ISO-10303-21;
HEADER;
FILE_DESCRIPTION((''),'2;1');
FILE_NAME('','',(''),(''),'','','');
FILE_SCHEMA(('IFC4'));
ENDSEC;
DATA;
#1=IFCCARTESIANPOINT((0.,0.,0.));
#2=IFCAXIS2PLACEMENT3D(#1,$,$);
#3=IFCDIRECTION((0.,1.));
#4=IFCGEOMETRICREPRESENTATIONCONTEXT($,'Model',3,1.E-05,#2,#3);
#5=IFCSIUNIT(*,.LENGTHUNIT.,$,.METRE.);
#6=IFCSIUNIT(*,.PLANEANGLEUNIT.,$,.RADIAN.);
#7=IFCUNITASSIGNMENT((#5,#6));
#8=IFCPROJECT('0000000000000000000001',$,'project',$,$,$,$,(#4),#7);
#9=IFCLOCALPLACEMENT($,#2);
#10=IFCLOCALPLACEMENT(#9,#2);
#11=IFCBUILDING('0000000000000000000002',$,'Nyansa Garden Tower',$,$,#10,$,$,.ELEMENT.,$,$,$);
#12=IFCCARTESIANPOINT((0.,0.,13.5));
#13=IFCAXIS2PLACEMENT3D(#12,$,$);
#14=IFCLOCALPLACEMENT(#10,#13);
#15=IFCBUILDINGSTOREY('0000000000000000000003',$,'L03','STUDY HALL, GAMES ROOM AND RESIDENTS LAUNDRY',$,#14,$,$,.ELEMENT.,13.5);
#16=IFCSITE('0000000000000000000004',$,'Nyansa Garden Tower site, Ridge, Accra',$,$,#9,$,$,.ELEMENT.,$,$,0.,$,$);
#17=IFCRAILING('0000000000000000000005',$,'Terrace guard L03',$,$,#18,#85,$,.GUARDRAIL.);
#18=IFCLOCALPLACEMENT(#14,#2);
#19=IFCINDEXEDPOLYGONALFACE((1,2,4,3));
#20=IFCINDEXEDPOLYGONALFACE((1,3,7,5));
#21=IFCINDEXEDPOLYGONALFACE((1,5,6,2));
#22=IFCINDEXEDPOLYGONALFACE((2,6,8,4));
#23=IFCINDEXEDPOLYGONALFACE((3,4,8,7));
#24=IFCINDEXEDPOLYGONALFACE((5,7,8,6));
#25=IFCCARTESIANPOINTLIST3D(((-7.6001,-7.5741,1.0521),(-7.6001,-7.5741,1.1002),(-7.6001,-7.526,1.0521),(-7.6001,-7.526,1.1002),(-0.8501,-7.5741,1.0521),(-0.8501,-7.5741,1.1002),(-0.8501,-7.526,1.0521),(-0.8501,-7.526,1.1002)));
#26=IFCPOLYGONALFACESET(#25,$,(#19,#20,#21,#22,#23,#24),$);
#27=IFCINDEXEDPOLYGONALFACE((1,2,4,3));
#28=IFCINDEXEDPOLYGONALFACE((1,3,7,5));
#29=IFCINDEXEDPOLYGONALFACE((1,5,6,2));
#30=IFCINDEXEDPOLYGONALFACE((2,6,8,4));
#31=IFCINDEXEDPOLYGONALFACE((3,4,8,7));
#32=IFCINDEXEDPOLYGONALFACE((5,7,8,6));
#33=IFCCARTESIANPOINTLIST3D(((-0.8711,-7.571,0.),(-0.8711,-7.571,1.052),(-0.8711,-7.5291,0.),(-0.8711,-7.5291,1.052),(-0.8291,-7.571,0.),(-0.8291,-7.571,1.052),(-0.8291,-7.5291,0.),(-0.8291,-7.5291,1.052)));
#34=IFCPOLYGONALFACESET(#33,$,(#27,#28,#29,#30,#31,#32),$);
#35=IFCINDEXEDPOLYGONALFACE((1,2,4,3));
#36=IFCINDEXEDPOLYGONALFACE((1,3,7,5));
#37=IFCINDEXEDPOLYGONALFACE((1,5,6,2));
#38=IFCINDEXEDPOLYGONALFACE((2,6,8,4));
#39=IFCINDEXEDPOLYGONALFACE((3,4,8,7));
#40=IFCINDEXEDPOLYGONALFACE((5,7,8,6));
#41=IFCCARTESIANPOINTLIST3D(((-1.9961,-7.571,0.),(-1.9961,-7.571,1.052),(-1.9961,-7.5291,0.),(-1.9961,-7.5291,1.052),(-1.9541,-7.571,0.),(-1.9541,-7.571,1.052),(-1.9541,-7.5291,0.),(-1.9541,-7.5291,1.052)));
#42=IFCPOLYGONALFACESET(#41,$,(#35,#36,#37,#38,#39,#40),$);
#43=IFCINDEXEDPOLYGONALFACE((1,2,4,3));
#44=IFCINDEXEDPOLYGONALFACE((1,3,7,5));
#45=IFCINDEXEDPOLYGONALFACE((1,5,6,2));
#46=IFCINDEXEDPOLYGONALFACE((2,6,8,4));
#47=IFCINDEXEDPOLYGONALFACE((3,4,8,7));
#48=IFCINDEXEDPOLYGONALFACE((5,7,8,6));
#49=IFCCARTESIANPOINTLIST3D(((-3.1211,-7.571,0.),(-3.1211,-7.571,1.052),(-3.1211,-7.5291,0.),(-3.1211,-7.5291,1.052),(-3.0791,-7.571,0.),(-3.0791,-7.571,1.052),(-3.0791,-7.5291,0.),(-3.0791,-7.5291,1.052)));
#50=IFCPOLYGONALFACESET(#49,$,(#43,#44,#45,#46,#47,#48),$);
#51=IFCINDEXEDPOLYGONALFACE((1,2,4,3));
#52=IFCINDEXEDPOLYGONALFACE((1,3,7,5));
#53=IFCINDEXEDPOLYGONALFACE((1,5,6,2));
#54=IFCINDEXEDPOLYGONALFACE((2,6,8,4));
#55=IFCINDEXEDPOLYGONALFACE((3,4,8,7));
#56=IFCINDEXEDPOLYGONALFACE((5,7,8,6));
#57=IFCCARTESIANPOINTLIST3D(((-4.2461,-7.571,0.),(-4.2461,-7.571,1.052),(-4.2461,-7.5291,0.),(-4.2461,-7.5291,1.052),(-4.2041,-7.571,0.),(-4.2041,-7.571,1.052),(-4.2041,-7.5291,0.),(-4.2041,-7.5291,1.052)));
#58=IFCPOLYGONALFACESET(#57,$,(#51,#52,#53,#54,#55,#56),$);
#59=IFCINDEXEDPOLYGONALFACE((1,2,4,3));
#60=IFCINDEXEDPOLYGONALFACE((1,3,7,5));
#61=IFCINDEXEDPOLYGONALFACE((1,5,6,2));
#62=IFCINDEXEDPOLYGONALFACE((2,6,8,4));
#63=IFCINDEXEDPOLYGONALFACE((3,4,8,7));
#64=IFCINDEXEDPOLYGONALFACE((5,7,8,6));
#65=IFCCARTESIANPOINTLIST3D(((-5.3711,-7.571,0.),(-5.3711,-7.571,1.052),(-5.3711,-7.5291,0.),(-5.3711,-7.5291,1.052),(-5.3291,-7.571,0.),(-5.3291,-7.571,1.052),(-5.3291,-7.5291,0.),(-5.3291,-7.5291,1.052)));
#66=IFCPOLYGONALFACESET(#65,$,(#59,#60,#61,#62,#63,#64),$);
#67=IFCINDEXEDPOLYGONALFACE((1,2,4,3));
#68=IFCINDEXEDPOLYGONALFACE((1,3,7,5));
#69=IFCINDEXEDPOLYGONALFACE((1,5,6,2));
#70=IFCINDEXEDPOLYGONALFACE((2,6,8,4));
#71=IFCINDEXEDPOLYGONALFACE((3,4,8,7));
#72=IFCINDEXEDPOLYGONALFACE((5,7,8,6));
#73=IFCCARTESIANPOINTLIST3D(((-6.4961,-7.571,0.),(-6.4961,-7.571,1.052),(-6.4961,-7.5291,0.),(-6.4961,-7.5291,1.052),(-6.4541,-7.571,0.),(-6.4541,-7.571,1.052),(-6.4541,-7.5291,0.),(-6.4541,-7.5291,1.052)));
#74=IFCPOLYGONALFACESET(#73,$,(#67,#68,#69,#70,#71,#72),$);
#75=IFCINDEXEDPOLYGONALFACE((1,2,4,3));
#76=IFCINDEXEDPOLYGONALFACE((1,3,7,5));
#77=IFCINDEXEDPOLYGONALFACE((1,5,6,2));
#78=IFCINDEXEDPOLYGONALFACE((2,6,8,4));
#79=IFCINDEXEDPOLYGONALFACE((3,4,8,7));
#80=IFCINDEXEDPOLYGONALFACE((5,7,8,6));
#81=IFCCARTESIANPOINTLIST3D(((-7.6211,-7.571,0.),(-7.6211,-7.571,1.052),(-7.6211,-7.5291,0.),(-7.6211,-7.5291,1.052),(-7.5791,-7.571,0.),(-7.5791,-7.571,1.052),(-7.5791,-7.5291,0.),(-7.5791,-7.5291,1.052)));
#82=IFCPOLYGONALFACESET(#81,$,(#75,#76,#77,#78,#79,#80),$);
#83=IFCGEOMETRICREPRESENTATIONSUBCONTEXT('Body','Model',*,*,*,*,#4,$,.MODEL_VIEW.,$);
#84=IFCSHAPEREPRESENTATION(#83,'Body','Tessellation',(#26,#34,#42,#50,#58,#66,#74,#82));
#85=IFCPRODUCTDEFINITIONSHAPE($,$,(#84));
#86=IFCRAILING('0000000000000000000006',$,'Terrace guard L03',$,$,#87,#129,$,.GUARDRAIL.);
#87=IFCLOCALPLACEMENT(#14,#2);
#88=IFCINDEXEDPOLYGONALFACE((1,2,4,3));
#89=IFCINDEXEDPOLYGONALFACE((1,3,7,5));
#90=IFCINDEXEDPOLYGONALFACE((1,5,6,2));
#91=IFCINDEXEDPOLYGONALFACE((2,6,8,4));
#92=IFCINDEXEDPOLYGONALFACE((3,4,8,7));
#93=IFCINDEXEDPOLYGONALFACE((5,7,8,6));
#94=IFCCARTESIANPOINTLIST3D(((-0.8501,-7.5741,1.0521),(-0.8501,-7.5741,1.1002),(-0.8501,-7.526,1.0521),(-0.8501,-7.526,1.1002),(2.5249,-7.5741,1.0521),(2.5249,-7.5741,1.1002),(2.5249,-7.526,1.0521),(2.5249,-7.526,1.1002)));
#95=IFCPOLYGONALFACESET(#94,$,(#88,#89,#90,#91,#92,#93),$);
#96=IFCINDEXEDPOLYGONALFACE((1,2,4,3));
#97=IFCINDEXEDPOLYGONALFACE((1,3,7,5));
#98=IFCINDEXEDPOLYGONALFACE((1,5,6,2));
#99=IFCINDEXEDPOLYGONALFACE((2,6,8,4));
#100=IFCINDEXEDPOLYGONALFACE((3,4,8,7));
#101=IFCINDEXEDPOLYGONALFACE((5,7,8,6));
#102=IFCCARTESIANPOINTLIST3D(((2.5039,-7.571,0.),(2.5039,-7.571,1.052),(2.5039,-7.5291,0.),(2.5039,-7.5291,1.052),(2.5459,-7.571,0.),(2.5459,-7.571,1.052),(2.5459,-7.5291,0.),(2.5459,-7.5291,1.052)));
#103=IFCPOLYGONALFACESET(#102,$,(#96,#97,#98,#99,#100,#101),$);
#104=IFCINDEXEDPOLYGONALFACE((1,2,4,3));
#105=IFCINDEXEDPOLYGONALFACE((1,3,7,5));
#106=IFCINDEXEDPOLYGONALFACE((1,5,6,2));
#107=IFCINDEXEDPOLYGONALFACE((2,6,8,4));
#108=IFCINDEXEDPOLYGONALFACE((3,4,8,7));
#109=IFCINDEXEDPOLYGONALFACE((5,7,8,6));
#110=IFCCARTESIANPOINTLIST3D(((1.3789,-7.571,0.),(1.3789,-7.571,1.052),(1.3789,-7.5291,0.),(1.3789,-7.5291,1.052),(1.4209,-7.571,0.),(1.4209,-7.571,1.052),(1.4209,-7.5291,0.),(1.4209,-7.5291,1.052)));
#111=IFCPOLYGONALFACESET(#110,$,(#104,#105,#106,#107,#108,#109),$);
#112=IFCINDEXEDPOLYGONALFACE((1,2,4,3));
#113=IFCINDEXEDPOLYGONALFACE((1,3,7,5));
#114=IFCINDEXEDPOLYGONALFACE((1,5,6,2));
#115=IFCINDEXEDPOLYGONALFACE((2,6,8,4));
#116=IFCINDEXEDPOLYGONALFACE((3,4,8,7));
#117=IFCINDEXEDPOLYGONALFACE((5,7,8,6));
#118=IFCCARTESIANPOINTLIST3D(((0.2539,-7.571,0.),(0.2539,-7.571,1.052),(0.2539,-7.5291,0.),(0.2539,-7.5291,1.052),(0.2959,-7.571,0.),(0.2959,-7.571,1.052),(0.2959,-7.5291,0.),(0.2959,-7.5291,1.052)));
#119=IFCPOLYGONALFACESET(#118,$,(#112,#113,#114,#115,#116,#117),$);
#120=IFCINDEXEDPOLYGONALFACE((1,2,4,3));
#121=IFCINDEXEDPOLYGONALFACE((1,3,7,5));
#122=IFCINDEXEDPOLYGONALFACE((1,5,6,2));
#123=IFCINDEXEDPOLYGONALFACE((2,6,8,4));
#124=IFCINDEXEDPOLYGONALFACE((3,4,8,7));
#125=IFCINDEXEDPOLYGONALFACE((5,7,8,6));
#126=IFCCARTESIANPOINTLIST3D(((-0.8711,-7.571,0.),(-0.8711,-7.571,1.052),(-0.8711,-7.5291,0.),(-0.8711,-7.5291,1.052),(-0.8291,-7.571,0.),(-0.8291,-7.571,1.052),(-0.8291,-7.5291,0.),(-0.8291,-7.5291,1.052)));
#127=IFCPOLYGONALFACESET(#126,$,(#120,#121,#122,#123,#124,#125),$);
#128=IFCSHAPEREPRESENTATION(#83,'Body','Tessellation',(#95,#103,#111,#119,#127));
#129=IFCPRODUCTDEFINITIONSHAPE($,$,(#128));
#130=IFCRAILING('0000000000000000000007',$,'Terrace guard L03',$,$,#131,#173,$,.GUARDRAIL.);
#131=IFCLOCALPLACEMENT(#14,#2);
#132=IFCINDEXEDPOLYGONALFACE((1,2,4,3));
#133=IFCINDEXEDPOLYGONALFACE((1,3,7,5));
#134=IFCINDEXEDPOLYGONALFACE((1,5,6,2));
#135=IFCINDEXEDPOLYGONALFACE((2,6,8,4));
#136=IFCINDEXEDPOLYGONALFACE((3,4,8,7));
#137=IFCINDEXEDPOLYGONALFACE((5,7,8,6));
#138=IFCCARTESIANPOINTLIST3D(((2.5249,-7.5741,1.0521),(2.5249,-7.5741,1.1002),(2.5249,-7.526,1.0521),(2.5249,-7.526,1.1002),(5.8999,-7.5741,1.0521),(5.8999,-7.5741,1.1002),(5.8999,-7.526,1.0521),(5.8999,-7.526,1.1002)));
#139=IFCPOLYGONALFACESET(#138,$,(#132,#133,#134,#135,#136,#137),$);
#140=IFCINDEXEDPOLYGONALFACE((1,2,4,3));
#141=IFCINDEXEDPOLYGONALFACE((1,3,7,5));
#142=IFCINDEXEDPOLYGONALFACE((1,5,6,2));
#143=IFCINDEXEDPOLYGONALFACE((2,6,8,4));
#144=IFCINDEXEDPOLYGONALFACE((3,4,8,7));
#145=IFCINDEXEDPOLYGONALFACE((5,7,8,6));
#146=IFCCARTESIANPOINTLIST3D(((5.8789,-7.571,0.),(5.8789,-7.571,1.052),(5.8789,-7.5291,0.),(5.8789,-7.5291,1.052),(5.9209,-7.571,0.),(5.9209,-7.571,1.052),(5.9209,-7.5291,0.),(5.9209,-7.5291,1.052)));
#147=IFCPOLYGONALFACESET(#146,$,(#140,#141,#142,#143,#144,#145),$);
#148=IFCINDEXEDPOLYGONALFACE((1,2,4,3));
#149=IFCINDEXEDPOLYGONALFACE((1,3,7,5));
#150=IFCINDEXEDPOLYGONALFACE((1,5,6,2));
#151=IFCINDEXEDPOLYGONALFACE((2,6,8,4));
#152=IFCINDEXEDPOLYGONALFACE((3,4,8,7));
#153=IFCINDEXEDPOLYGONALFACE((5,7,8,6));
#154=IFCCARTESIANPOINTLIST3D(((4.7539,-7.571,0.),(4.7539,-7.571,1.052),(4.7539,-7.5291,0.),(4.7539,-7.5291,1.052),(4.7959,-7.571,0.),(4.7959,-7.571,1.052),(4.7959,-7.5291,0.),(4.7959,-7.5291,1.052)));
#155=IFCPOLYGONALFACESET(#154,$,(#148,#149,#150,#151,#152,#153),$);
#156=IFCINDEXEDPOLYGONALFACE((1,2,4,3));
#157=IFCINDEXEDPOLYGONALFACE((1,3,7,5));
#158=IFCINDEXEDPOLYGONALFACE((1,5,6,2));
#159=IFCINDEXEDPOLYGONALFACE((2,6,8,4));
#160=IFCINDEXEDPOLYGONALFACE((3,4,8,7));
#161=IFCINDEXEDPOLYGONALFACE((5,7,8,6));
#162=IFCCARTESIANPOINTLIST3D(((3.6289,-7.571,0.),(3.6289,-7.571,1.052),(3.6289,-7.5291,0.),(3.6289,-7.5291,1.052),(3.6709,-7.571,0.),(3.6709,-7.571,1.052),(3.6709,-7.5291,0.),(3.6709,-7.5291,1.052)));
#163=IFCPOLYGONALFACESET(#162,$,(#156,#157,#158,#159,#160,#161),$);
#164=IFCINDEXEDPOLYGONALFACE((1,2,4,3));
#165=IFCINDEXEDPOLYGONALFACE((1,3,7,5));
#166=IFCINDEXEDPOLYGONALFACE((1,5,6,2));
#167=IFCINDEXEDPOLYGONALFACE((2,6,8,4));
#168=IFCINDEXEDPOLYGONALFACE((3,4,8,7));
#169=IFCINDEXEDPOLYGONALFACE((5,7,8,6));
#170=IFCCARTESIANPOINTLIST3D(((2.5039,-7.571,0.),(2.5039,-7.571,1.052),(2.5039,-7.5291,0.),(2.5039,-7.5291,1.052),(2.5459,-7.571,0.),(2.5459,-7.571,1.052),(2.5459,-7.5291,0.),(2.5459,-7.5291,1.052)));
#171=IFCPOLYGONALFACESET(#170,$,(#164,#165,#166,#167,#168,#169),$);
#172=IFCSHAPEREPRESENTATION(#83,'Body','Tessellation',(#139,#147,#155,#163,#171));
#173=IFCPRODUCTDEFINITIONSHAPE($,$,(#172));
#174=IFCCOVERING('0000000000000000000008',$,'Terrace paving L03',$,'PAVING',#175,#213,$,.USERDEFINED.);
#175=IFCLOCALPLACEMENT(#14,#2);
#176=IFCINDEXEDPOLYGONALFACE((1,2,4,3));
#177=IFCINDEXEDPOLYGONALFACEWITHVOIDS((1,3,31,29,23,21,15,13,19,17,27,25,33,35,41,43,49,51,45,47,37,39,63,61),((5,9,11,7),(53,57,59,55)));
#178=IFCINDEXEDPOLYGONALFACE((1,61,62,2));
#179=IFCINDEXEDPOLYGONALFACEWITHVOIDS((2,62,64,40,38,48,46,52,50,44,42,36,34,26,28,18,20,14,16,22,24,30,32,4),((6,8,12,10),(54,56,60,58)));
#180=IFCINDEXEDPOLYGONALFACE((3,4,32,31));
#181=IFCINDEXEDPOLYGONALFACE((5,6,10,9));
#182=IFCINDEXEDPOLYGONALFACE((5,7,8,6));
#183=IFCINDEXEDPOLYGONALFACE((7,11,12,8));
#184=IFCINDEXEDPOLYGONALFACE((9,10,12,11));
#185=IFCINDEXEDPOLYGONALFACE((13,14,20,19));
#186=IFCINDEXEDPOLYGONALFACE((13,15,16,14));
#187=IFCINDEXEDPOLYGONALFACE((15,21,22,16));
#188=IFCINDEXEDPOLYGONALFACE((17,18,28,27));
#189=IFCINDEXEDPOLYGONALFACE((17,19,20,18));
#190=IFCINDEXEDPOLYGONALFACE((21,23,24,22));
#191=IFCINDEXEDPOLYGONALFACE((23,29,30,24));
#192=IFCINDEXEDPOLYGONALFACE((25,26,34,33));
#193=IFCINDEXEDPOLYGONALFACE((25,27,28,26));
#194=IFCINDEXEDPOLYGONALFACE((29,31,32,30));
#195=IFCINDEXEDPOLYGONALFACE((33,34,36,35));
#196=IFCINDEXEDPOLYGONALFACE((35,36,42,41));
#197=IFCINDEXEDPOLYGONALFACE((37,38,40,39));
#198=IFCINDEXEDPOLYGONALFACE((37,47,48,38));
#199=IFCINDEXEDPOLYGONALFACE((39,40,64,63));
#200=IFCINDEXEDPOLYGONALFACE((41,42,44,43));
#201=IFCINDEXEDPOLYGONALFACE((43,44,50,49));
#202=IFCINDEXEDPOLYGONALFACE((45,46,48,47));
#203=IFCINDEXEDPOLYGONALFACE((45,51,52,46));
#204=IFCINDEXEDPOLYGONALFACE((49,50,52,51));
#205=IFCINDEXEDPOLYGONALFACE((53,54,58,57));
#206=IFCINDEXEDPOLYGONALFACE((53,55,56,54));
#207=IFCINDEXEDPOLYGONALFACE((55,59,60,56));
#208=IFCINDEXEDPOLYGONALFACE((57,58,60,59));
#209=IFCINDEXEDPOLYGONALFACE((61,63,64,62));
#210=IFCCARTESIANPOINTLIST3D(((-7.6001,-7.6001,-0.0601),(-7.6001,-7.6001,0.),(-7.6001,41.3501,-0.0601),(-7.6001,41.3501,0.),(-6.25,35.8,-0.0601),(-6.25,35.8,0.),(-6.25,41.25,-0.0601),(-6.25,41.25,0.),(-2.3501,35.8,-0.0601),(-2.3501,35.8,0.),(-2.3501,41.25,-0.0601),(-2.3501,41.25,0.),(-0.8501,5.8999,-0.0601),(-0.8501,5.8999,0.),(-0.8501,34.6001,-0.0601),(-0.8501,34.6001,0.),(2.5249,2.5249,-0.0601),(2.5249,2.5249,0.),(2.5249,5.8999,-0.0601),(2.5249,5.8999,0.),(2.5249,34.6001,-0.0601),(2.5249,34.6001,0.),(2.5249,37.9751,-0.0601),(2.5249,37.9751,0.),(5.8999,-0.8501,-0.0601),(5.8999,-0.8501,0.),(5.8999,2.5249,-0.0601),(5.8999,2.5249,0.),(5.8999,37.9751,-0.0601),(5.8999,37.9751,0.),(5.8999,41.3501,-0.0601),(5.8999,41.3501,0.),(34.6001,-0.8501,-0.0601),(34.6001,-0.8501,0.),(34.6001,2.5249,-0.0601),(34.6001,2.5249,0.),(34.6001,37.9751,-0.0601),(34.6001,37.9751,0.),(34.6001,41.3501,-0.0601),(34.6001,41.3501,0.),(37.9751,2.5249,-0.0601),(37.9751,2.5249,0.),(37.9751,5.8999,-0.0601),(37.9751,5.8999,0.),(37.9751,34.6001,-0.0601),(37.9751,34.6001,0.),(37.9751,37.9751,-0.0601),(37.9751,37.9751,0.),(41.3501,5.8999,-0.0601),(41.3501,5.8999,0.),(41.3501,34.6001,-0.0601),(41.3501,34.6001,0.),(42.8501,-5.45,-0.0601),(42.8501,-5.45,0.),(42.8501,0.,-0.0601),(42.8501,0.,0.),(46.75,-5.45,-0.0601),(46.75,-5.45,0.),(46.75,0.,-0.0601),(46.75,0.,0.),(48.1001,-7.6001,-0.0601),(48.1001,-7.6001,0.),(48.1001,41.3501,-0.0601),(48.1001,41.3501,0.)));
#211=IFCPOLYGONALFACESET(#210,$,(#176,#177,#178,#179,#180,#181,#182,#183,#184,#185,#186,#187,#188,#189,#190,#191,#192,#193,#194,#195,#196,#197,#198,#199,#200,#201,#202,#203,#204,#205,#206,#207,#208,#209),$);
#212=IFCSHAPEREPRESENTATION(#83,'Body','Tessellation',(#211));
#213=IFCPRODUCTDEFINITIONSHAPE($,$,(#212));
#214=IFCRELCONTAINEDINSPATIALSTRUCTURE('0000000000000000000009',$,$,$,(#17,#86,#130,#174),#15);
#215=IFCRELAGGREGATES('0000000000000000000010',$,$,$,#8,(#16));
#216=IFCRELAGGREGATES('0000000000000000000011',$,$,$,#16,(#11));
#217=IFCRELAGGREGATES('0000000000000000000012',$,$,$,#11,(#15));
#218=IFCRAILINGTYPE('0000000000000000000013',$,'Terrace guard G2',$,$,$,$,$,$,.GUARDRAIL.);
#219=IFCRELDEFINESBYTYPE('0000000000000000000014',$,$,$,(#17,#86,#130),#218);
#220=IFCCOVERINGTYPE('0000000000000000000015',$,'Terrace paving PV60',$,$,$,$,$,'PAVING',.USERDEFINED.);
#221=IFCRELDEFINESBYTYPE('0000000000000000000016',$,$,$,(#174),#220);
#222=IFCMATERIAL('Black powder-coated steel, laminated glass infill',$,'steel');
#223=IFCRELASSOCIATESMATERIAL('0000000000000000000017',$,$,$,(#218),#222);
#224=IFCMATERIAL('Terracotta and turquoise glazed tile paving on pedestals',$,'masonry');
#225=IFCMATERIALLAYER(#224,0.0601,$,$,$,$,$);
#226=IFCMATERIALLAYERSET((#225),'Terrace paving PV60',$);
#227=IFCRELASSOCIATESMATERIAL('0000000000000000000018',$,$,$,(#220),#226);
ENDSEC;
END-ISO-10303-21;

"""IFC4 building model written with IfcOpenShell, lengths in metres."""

from ifc_helpers import new_model, si_unit, direction, frame, origin, origin_2d, place, context, subcontext, project, spatial, polyline, rectangle, outline, extrude, material, layer, layer_set, type_object, element, save


model = new_model("IFC4")

# Units and contexts
model_context = context("Model", 3, precision=1e-05, world=origin(), true_north=direction((0.0, 1.0)))
body_context = subcontext(model_context, "Body", "Model", "MODEL_VIEW")
ifc_project = project(units=[si_unit("LENGTHUNIT", "METRE"), si_unit("PLANEANGLEUNIT", "RADIAN")], contexts=[model_context])

# Site, building, storey
site_placement = place(None, origin())
site = spatial("IfcSite", under=ifc_project, at=site_placement, Name="Nyansa Garden Tower site, Ridge, Accra", CompositionType="ELEMENT", RefElevation=0.0)
building_placement = place(site_placement, origin())
building = spatial("IfcBuilding", under=site, at=building_placement, Name="Nyansa Garden Tower", CompositionType="ELEMENT")
storey_placement = place(building_placement, frame((0.0, 0.0, 13.5)))
storey = spatial("IfcBuildingStorey", under=building, at=storey_placement, Name="L03", Description="STUDY HALL, GAMES ROOM AND RESIDENTS LAUNDRY", CompositionType="ELEMENT", Elevation=13.5)

# Railings
ifc_material_1 = material(Name="Black powder-coated steel, laminated glass infill", Category="steel")
railing_type = type_object("IfcRailingType", Name="Terrace guard G2", PredefinedType="GUARDRAIL", material=ifc_material_1)
railing_1_placement = place(storey_placement, frame((-0.8501, -7.55, 0.0)))
element("IfcRailing", 1, at=railing_1_placement, inside=storey, type_object=railing_type, Name="Terrace guard L03", PredefinedType="GUARDRAIL", context=body_context, shape_type="SweptSolid", body=[
    extrude(rectangle(XDim=0.0481, YDim=0.0481, at=origin_2d()), frame((0.0, 0.0, 1.0762), z_axis=(-1.0, 0.0, 0.0), x_axis=(0.0, -1.0, 0.0)), (0.0, 0.0, 1.0), 6.75),
    extrude(rectangle(XDim=0.042, YDim=0.042, at=origin_2d()), origin(), (0.0, 0.0, 1.0), 1.052),
    extrude(rectangle(XDim=0.042, YDim=0.042, at=origin_2d()), frame((-1.125, 0.0, 0.0)), (0.0, 0.0, 1.0), 1.052),
    extrude(rectangle(XDim=0.042, YDim=0.042, at=origin_2d()), frame((-2.25, 0.0, 0.0)), (0.0, 0.0, 1.0), 1.052),
    extrude(rectangle(XDim=0.042, YDim=0.042, at=origin_2d()), frame((-3.375, 0.0, 0.0)), (0.0, 0.0, 1.0), 1.052),
    extrude(rectangle(XDim=0.042, YDim=0.042, at=origin_2d()), frame((-4.5, 0.0, 0.0)), (0.0, 0.0, 1.0), 1.052),
    extrude(rectangle(XDim=0.042, YDim=0.042, at=origin_2d()), frame((-5.625, 0.0, 0.0)), (0.0, 0.0, 1.0), 1.052),
    extrude(rectangle(XDim=0.042, YDim=0.042, at=origin_2d()), frame((-6.75, 0.0, 0.0)), (0.0, 0.0, 1.0), 1.052),
])
for number, where, name in (
    (2, (2.5249, -7.55, 0.0), "Terrace guard L03"),
    (3, (5.8999, -7.55, 0.0), "Terrace guard L03"),
):
    element("IfcRailing", number, at=place(storey_placement, frame(where)), inside=storey, type_object=railing_type, Name=name, PredefinedType="GUARDRAIL", context=body_context, shape_type="SweptSolid", body=[
        extrude(rectangle(XDim=0.0481, YDim=0.0481, at=origin_2d()), frame((0.0, 0.0, 1.0762), z_axis=(-1.0, 0.0, 0.0), x_axis=(0.0, -1.0, 0.0)), (0.0, 0.0, 1.0), 3.375),
        extrude(rectangle(XDim=0.042, YDim=0.042, at=origin_2d()), origin(), (0.0, 0.0, 1.0), 1.052),
        extrude(rectangle(XDim=0.042, YDim=0.042, at=origin_2d()), frame((-1.125, 0.0, 0.0)), (0.0, 0.0, 1.0), 1.052),
        extrude(rectangle(XDim=0.042, YDim=0.042, at=origin_2d()), frame((-2.25, 0.0, 0.0)), (0.0, 0.0, 1.0), 1.052),
        extrude(rectangle(XDim=0.042, YDim=0.042, at=origin_2d()), frame((-3.375, 0.0, 0.0)), (0.0, 0.0, 1.0), 1.052),
    ])

# Covering
ifc_material_2 = material(Name="Terracotta and turquoise glazed tile paving on pedestals", Category="masonry")
ifc_layer_1 = layer(ifc_material_2, 0.0601)
ifc_layer_set_1 = layer_set([ifc_layer_1], Name="Terrace paving PV60")
covering_type_1 = type_object("IfcCoveringType", Name="Terrace paving PV60", ElementType="PAVING", PredefinedType="USERDEFINED", material=ifc_layer_set_1)
covering_1_placement = place(storey_placement, frame((0.0, 0.0, -0.0601)))
element("IfcCovering", 4, at=covering_1_placement, inside=storey, type_object=covering_type_1, Name="Terrace paving L03", ObjectType="PAVING", PredefinedType="USERDEFINED", context=body_context, shape_type="SweptSolid", body=[
    extrude(outline(polyline([(-7.6001, 41.3501), (5.8999, 41.3501), (5.8999, 37.9751), (2.5249, 37.9751), (2.5249, 34.6001), (-0.8501, 34.6001), (-0.8501, 5.8999), (2.5249, 5.8999), (2.5249, 2.5249), (5.8999, 2.5249), (5.8999, -0.8501), (34.6001, -0.8501), (34.6001, 2.5249), (37.9751, 2.5249), (37.9751, 5.8999), (41.3501, 5.8999), (41.3501, 34.6001), (37.9751, 34.6001), (37.9751, 37.9751), (34.6001, 37.9751), (34.6001, 41.3501), (48.1001, 41.3501), (48.1001, -7.6001), (-7.6001, -7.6001), (-7.6001, 41.3501)]), holes=[polyline([(46.75, -5.45), (46.75, 0.0), (42.8501, 0.0), (42.8501, -5.45), (46.75, -5.45)]), polyline([(-2.3501, 35.8), (-2.3501, 41.25), (-6.25, 41.25), (-6.25, 35.8), (-2.3501, 35.8)])]), origin(), (0.0, 0.0, 1.0), 0.0601),
])

save(model, "model.ifc")
